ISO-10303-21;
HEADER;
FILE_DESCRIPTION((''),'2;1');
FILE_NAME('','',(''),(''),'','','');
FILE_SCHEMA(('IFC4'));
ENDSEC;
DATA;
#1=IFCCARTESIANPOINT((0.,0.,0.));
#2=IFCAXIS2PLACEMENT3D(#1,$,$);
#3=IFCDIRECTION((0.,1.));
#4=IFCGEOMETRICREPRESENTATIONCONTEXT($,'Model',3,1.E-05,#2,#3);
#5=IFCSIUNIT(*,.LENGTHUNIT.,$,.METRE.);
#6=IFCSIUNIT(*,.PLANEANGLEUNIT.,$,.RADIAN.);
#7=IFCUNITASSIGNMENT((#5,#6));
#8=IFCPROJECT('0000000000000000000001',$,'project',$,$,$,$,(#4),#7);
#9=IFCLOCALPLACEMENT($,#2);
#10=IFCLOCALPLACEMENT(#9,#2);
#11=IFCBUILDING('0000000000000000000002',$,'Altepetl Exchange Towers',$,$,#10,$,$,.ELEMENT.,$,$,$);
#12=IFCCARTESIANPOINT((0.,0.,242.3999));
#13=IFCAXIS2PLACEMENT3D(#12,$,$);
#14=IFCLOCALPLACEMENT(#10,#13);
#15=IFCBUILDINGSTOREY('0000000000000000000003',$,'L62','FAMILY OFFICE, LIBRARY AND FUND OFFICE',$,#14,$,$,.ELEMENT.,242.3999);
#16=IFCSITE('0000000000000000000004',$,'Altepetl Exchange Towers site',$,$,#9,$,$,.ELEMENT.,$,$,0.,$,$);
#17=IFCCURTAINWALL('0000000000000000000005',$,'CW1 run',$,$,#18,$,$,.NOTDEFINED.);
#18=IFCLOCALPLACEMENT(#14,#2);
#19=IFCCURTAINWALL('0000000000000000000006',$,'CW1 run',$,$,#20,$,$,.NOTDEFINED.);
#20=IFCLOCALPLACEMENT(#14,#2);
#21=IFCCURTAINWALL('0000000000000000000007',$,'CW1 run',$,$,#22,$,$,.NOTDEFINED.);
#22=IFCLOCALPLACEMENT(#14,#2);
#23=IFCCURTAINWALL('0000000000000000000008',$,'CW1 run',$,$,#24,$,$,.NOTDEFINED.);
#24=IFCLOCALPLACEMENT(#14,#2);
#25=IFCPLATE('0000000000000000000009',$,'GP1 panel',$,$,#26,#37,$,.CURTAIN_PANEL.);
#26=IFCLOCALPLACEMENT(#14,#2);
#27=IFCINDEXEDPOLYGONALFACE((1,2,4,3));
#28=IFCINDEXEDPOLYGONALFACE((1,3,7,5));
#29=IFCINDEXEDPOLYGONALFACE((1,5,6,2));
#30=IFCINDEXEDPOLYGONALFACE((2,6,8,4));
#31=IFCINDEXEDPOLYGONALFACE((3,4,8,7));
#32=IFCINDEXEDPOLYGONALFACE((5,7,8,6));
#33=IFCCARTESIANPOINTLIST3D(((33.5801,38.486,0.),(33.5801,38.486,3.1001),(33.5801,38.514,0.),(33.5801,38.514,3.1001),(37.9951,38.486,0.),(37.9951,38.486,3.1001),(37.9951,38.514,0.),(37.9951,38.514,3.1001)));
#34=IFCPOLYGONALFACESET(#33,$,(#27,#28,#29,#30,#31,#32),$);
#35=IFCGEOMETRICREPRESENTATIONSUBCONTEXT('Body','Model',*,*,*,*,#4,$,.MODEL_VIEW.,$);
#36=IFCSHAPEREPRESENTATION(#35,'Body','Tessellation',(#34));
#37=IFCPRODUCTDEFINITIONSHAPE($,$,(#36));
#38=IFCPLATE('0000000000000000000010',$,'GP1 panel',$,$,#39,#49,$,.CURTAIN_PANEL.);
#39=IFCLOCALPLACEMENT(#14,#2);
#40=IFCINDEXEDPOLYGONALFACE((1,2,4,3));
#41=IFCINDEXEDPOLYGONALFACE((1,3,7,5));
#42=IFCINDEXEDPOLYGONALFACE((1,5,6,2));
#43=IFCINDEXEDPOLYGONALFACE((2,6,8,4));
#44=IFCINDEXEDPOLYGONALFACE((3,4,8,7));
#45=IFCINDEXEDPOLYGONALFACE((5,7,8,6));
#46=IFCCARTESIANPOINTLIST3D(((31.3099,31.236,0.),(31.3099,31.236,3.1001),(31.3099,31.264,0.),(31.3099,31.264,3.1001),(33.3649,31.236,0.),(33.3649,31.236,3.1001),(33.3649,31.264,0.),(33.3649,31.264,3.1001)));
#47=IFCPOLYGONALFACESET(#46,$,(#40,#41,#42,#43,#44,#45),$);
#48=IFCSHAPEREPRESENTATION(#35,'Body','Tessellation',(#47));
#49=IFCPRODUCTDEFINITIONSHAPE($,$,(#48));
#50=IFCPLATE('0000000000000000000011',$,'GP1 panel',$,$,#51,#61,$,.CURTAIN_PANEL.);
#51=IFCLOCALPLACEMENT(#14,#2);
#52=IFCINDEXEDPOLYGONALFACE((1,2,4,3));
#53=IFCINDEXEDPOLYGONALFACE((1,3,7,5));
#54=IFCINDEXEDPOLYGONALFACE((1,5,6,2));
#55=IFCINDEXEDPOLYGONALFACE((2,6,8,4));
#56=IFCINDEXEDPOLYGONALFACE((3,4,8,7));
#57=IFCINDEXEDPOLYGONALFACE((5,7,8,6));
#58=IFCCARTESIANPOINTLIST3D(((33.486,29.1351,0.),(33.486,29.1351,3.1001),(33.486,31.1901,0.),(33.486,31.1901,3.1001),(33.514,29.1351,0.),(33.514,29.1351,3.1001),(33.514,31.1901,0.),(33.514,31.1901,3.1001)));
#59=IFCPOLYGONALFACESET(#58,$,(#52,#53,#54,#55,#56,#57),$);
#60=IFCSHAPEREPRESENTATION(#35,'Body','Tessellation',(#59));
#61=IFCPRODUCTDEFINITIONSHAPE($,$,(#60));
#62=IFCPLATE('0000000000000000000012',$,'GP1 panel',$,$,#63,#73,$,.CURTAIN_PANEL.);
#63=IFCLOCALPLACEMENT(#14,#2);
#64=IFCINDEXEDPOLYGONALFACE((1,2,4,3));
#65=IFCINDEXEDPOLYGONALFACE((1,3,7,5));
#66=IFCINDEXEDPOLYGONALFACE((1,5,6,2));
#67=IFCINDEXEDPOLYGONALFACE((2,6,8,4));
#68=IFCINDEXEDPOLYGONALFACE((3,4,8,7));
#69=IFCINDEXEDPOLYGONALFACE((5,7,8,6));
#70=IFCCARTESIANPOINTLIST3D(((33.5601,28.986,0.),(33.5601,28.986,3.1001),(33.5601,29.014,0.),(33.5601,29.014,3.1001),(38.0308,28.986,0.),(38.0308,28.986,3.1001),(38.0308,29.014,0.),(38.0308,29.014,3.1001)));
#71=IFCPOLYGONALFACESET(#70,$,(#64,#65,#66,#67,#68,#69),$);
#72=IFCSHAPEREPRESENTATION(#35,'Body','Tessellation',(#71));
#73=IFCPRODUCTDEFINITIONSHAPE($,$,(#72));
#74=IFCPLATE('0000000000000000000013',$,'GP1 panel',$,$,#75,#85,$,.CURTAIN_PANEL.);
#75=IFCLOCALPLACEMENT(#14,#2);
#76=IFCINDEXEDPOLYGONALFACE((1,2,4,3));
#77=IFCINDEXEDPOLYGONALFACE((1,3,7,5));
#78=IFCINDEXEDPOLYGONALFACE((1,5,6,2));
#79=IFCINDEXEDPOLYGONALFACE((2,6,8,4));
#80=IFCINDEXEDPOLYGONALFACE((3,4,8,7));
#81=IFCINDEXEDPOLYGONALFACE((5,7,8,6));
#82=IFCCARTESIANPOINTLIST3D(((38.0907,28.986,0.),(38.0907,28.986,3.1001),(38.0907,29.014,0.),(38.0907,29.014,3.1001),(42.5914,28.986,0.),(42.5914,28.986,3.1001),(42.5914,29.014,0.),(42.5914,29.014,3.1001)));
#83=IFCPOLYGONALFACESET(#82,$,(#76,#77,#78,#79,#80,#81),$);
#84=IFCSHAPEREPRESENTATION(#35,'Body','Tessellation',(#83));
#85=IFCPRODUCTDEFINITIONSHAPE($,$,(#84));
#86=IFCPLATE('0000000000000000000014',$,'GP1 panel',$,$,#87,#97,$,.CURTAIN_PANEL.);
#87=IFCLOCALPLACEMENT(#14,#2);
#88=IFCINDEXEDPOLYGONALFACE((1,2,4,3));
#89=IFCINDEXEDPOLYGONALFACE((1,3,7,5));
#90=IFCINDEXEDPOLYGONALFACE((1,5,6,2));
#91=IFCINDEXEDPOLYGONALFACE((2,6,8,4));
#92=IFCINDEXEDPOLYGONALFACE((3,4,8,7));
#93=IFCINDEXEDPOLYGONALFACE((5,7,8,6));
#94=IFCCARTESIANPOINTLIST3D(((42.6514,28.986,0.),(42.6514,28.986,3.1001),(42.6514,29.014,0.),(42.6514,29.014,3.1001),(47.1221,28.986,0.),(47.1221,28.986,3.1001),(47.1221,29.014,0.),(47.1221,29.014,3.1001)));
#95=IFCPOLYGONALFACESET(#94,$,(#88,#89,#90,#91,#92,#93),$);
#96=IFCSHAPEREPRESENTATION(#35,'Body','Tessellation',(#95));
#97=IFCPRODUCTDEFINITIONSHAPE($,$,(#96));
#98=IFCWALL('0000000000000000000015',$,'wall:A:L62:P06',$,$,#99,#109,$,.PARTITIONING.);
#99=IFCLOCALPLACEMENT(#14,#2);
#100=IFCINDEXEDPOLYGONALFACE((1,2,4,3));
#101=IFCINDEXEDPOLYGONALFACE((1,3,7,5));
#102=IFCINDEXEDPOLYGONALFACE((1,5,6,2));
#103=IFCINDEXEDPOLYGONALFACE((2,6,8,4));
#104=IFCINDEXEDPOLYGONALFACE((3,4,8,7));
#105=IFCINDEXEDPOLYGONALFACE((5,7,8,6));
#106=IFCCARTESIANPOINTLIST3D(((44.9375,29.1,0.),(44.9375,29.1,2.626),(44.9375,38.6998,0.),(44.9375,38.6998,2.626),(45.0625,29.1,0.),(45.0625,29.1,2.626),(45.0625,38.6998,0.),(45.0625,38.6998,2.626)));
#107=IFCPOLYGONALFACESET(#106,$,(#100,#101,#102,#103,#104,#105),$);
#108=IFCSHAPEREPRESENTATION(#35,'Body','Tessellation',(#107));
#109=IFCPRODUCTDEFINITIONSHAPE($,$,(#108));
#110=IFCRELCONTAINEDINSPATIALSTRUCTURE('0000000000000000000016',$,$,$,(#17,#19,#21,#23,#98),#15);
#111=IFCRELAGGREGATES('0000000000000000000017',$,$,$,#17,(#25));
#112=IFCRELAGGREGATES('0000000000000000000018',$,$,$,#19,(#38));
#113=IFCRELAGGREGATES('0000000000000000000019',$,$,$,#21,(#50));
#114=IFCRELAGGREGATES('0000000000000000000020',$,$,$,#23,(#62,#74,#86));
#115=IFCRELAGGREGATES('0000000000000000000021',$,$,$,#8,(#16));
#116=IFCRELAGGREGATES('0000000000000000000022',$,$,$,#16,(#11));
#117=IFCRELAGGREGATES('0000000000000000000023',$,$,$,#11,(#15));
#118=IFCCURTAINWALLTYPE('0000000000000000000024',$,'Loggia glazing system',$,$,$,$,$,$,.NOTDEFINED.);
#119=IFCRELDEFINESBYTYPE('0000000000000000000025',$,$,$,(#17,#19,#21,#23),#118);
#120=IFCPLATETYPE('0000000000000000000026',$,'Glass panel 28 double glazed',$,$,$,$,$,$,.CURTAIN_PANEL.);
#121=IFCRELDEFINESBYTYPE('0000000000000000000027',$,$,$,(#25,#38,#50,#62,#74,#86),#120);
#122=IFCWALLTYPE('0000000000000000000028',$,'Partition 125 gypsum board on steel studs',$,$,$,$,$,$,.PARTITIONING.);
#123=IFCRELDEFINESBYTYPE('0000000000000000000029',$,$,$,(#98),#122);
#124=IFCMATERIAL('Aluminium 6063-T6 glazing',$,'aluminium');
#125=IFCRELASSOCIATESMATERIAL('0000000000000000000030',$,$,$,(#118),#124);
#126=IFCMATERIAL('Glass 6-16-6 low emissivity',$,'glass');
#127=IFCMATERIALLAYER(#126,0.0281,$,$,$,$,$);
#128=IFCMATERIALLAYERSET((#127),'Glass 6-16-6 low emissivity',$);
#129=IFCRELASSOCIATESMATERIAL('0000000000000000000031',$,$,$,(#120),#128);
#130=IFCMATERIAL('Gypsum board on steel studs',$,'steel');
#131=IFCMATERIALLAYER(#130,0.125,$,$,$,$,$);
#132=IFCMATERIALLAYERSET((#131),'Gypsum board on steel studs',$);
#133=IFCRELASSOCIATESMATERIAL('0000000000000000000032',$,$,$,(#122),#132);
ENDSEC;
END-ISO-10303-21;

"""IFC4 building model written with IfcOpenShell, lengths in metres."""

from ifc_helpers import new_model, si_unit, direction, frame, frame_2d, origin, origin_2d, place, context, subcontext, project, spatial, rectangle, extrude, material, layer, layer_set, type_object, element, aggregate, save


model = new_model("IFC4")

# Units and contexts
model_context = context("Model", 3, precision=1e-05, world=origin(), true_north=direction((0.0, 1.0)))
body_context = subcontext(model_context, "Body", "Model", "MODEL_VIEW")
ifc_project = project(units=[si_unit("LENGTHUNIT", "METRE"), si_unit("PLANEANGLEUNIT", "RADIAN")], contexts=[model_context])

# Site, building, storey
site_placement = place(None, origin())
site = spatial("IfcSite", under=ifc_project, at=site_placement, Name="Altepetl Exchange Towers site", CompositionType="ELEMENT", RefElevation=0.0)
building_placement = place(site_placement, origin())
building = spatial("IfcBuilding", under=site, at=building_placement, Name="Altepetl Exchange Towers", CompositionType="ELEMENT")
storey_placement = place(building_placement, frame((0.0, 0.0, 242.3999)))
storey = spatial("IfcBuildingStorey", under=building, at=storey_placement, Name="L62", Description="FAMILY OFFICE, LIBRARY AND FUND OFFICE", CompositionType="ELEMENT", Elevation=242.3999)

# Curtain wall
ifc_material_1 = material(Name="Aluminium 6063-T6 glazing", Category="aluminium")
curtain_wall_type = type_object("IfcCurtainWallType", Name="Loggia glazing system", PredefinedType="NOTDEFINED", material=ifc_material_1)
curtain_wall_1_placement = place(storey_placement, origin())
curtain_wall_1 = element("IfcCurtainWall", 1, at=curtain_wall_1_placement, inside=storey, type_object=curtain_wall_type, Name="CW1 run", PredefinedType="NOTDEFINED")

# Curtain wall
curtain_wall_2_placement = place(storey_placement, origin())
curtain_wall_2 = element("IfcCurtainWall", 2, at=curtain_wall_2_placement, inside=storey, type_object=curtain_wall_type, Name="CW1 run", PredefinedType="NOTDEFINED")

# Curtain walls
curtain_wall_3_placement = place(storey_placement, origin())
curtain_wall_3 = element("IfcCurtainWall", 3, at=curtain_wall_3_placement, inside=storey, type_object=curtain_wall_type, Name="CW1 run", PredefinedType="NOTDEFINED")
curtain_wall_4_placement = place(storey_placement, origin())
curtain_wall_4 = element("IfcCurtainWall", 4, at=curtain_wall_4_placement, inside=storey, type_object=curtain_wall_type, Name="CW1 run", PredefinedType="NOTDEFINED")

# Plates
ifc_material_2 = material(Name="Glass 6-16-6 low emissivity", Category="glass")
ifc_layer_1 = layer(ifc_material_2, 0.0281)
ifc_layer_set_1 = layer_set([ifc_layer_1], Name="Glass 6-16-6 low emissivity")
plate_type = type_object("IfcPlateType", Name="Glass panel 28 double glazed", PredefinedType="CURTAIN_PANEL", material=ifc_layer_set_1)
plate_1_placement = place(storey_placement, frame((35.7876, 38.5, 0.0), z_axis=(0.0, 0.0, 1.0), x_axis=(-1.0, 0.0, 0.0)))
plate_1 = element("IfcPlate", 5, at=plate_1_placement, type_object=plate_type, Name="GP1 panel", PredefinedType="CURTAIN_PANEL", context=body_context, shape_type="SweptSolid", body=[
    extrude(rectangle(XDim=4.415, YDim=0.0281, at=origin_2d()), origin(), (0.0, 0.0, 1.0), 3.1001),
])
aggregate(curtain_wall_1, [plate_1])
plate_2_placement = place(storey_placement, frame((32.3374, 31.25, 0.0)))
plate_2 = element("IfcPlate", 6, at=plate_2_placement, type_object=plate_type, Name="GP1 panel", PredefinedType="CURTAIN_PANEL", context=body_context, shape_type="SweptSolid", body=[
    extrude(rectangle(XDim=2.0549, YDim=0.0281, at=origin_2d()), origin(), (0.0, 0.0, 1.0), 3.1001),
])
aggregate(curtain_wall_2, [plate_2])
plate_3_placement = place(storey_placement, frame((33.5, 30.1626, 0.0), z_axis=(0.0, 0.0, 1.0), x_axis=(0.0, -1.0, 0.0)))
plate_3 = element("IfcPlate", 7, at=plate_3_placement, type_object=plate_type, Name="GP1 panel", PredefinedType="CURTAIN_PANEL", context=body_context, shape_type="SweptSolid", body=[
    extrude(rectangle(XDim=2.0549, YDim=0.0281, at=origin_2d()), origin(), (0.0, 0.0, 1.0), 3.1001),
])
aggregate(curtain_wall_3, [plate_3])
plate_4_placement = place(storey_placement, frame((35.7954, 29.0, 0.0)))
plate_4 = element("IfcPlate", 8, at=plate_4_placement, type_object=plate_type, Name="GP1 panel", PredefinedType="CURTAIN_PANEL", context=body_context, shape_type="SweptSolid", body=[
    extrude(rectangle(XDim=4.4707, YDim=0.0281, at=origin_2d()), origin(), (0.0, 0.0, 1.0), 3.1001),
])
plate_5_placement = place(storey_placement, frame((40.3411, 29.0, 0.0)))
plate_5 = element("IfcPlate", 9, at=plate_5_placement, type_object=plate_type, Name="GP1 panel", PredefinedType="CURTAIN_PANEL", context=body_context, shape_type="SweptSolid", body=[
    extrude(rectangle(XDim=4.5007, YDim=0.0281, at=origin_2d()), origin(), (0.0, 0.0, 1.0), 3.1001),
])
plate_6_placement = place(storey_placement, frame((44.8867, 29.0, 0.0)))
plate_6 = element("IfcPlate", 10, at=plate_6_placement, type_object=plate_type, Name="GP1 panel", PredefinedType="CURTAIN_PANEL", context=body_context, shape_type="SweptSolid", body=[
    extrude(rectangle(XDim=4.4707, YDim=0.0281, at=origin_2d()), origin(), (0.0, 0.0, 1.0), 3.1001),
])
aggregate(curtain_wall_4, [plate_4, plate_5, plate_6])

# Wall
ifc_material_3 = material(Name="Gypsum board on steel studs", Category="steel")
ifc_layer_2 = layer(ifc_material_3, 0.125)
ifc_layer_set_2 = layer_set([ifc_layer_2], Name="Gypsum board on steel studs")
wall_type_1 = type_object("IfcWallType", Name="Partition 125 gypsum board on steel studs", PredefinedType="PARTITIONING", material=ifc_layer_set_2)
wall_1_placement = place(storey_placement, frame((45.0, 29.1001, 0.0), z_axis=(0.0, 0.0, 1.0), x_axis=(0.0, 1.0, 0.0)))
element("IfcWall", 11, at=wall_1_placement, inside=storey, type_object=wall_type_1, Name="wall:A:L62:P06", PredefinedType="PARTITIONING", context=body_context, shape_type="SweptSolid", body=[
    extrude(rectangle(XDim=9.5999, YDim=0.125, at=frame_2d((4.7998, 0.0))), origin(), (0.0, 0.0, 1.0), 2.626),
])

save(model, "model.ifc")
